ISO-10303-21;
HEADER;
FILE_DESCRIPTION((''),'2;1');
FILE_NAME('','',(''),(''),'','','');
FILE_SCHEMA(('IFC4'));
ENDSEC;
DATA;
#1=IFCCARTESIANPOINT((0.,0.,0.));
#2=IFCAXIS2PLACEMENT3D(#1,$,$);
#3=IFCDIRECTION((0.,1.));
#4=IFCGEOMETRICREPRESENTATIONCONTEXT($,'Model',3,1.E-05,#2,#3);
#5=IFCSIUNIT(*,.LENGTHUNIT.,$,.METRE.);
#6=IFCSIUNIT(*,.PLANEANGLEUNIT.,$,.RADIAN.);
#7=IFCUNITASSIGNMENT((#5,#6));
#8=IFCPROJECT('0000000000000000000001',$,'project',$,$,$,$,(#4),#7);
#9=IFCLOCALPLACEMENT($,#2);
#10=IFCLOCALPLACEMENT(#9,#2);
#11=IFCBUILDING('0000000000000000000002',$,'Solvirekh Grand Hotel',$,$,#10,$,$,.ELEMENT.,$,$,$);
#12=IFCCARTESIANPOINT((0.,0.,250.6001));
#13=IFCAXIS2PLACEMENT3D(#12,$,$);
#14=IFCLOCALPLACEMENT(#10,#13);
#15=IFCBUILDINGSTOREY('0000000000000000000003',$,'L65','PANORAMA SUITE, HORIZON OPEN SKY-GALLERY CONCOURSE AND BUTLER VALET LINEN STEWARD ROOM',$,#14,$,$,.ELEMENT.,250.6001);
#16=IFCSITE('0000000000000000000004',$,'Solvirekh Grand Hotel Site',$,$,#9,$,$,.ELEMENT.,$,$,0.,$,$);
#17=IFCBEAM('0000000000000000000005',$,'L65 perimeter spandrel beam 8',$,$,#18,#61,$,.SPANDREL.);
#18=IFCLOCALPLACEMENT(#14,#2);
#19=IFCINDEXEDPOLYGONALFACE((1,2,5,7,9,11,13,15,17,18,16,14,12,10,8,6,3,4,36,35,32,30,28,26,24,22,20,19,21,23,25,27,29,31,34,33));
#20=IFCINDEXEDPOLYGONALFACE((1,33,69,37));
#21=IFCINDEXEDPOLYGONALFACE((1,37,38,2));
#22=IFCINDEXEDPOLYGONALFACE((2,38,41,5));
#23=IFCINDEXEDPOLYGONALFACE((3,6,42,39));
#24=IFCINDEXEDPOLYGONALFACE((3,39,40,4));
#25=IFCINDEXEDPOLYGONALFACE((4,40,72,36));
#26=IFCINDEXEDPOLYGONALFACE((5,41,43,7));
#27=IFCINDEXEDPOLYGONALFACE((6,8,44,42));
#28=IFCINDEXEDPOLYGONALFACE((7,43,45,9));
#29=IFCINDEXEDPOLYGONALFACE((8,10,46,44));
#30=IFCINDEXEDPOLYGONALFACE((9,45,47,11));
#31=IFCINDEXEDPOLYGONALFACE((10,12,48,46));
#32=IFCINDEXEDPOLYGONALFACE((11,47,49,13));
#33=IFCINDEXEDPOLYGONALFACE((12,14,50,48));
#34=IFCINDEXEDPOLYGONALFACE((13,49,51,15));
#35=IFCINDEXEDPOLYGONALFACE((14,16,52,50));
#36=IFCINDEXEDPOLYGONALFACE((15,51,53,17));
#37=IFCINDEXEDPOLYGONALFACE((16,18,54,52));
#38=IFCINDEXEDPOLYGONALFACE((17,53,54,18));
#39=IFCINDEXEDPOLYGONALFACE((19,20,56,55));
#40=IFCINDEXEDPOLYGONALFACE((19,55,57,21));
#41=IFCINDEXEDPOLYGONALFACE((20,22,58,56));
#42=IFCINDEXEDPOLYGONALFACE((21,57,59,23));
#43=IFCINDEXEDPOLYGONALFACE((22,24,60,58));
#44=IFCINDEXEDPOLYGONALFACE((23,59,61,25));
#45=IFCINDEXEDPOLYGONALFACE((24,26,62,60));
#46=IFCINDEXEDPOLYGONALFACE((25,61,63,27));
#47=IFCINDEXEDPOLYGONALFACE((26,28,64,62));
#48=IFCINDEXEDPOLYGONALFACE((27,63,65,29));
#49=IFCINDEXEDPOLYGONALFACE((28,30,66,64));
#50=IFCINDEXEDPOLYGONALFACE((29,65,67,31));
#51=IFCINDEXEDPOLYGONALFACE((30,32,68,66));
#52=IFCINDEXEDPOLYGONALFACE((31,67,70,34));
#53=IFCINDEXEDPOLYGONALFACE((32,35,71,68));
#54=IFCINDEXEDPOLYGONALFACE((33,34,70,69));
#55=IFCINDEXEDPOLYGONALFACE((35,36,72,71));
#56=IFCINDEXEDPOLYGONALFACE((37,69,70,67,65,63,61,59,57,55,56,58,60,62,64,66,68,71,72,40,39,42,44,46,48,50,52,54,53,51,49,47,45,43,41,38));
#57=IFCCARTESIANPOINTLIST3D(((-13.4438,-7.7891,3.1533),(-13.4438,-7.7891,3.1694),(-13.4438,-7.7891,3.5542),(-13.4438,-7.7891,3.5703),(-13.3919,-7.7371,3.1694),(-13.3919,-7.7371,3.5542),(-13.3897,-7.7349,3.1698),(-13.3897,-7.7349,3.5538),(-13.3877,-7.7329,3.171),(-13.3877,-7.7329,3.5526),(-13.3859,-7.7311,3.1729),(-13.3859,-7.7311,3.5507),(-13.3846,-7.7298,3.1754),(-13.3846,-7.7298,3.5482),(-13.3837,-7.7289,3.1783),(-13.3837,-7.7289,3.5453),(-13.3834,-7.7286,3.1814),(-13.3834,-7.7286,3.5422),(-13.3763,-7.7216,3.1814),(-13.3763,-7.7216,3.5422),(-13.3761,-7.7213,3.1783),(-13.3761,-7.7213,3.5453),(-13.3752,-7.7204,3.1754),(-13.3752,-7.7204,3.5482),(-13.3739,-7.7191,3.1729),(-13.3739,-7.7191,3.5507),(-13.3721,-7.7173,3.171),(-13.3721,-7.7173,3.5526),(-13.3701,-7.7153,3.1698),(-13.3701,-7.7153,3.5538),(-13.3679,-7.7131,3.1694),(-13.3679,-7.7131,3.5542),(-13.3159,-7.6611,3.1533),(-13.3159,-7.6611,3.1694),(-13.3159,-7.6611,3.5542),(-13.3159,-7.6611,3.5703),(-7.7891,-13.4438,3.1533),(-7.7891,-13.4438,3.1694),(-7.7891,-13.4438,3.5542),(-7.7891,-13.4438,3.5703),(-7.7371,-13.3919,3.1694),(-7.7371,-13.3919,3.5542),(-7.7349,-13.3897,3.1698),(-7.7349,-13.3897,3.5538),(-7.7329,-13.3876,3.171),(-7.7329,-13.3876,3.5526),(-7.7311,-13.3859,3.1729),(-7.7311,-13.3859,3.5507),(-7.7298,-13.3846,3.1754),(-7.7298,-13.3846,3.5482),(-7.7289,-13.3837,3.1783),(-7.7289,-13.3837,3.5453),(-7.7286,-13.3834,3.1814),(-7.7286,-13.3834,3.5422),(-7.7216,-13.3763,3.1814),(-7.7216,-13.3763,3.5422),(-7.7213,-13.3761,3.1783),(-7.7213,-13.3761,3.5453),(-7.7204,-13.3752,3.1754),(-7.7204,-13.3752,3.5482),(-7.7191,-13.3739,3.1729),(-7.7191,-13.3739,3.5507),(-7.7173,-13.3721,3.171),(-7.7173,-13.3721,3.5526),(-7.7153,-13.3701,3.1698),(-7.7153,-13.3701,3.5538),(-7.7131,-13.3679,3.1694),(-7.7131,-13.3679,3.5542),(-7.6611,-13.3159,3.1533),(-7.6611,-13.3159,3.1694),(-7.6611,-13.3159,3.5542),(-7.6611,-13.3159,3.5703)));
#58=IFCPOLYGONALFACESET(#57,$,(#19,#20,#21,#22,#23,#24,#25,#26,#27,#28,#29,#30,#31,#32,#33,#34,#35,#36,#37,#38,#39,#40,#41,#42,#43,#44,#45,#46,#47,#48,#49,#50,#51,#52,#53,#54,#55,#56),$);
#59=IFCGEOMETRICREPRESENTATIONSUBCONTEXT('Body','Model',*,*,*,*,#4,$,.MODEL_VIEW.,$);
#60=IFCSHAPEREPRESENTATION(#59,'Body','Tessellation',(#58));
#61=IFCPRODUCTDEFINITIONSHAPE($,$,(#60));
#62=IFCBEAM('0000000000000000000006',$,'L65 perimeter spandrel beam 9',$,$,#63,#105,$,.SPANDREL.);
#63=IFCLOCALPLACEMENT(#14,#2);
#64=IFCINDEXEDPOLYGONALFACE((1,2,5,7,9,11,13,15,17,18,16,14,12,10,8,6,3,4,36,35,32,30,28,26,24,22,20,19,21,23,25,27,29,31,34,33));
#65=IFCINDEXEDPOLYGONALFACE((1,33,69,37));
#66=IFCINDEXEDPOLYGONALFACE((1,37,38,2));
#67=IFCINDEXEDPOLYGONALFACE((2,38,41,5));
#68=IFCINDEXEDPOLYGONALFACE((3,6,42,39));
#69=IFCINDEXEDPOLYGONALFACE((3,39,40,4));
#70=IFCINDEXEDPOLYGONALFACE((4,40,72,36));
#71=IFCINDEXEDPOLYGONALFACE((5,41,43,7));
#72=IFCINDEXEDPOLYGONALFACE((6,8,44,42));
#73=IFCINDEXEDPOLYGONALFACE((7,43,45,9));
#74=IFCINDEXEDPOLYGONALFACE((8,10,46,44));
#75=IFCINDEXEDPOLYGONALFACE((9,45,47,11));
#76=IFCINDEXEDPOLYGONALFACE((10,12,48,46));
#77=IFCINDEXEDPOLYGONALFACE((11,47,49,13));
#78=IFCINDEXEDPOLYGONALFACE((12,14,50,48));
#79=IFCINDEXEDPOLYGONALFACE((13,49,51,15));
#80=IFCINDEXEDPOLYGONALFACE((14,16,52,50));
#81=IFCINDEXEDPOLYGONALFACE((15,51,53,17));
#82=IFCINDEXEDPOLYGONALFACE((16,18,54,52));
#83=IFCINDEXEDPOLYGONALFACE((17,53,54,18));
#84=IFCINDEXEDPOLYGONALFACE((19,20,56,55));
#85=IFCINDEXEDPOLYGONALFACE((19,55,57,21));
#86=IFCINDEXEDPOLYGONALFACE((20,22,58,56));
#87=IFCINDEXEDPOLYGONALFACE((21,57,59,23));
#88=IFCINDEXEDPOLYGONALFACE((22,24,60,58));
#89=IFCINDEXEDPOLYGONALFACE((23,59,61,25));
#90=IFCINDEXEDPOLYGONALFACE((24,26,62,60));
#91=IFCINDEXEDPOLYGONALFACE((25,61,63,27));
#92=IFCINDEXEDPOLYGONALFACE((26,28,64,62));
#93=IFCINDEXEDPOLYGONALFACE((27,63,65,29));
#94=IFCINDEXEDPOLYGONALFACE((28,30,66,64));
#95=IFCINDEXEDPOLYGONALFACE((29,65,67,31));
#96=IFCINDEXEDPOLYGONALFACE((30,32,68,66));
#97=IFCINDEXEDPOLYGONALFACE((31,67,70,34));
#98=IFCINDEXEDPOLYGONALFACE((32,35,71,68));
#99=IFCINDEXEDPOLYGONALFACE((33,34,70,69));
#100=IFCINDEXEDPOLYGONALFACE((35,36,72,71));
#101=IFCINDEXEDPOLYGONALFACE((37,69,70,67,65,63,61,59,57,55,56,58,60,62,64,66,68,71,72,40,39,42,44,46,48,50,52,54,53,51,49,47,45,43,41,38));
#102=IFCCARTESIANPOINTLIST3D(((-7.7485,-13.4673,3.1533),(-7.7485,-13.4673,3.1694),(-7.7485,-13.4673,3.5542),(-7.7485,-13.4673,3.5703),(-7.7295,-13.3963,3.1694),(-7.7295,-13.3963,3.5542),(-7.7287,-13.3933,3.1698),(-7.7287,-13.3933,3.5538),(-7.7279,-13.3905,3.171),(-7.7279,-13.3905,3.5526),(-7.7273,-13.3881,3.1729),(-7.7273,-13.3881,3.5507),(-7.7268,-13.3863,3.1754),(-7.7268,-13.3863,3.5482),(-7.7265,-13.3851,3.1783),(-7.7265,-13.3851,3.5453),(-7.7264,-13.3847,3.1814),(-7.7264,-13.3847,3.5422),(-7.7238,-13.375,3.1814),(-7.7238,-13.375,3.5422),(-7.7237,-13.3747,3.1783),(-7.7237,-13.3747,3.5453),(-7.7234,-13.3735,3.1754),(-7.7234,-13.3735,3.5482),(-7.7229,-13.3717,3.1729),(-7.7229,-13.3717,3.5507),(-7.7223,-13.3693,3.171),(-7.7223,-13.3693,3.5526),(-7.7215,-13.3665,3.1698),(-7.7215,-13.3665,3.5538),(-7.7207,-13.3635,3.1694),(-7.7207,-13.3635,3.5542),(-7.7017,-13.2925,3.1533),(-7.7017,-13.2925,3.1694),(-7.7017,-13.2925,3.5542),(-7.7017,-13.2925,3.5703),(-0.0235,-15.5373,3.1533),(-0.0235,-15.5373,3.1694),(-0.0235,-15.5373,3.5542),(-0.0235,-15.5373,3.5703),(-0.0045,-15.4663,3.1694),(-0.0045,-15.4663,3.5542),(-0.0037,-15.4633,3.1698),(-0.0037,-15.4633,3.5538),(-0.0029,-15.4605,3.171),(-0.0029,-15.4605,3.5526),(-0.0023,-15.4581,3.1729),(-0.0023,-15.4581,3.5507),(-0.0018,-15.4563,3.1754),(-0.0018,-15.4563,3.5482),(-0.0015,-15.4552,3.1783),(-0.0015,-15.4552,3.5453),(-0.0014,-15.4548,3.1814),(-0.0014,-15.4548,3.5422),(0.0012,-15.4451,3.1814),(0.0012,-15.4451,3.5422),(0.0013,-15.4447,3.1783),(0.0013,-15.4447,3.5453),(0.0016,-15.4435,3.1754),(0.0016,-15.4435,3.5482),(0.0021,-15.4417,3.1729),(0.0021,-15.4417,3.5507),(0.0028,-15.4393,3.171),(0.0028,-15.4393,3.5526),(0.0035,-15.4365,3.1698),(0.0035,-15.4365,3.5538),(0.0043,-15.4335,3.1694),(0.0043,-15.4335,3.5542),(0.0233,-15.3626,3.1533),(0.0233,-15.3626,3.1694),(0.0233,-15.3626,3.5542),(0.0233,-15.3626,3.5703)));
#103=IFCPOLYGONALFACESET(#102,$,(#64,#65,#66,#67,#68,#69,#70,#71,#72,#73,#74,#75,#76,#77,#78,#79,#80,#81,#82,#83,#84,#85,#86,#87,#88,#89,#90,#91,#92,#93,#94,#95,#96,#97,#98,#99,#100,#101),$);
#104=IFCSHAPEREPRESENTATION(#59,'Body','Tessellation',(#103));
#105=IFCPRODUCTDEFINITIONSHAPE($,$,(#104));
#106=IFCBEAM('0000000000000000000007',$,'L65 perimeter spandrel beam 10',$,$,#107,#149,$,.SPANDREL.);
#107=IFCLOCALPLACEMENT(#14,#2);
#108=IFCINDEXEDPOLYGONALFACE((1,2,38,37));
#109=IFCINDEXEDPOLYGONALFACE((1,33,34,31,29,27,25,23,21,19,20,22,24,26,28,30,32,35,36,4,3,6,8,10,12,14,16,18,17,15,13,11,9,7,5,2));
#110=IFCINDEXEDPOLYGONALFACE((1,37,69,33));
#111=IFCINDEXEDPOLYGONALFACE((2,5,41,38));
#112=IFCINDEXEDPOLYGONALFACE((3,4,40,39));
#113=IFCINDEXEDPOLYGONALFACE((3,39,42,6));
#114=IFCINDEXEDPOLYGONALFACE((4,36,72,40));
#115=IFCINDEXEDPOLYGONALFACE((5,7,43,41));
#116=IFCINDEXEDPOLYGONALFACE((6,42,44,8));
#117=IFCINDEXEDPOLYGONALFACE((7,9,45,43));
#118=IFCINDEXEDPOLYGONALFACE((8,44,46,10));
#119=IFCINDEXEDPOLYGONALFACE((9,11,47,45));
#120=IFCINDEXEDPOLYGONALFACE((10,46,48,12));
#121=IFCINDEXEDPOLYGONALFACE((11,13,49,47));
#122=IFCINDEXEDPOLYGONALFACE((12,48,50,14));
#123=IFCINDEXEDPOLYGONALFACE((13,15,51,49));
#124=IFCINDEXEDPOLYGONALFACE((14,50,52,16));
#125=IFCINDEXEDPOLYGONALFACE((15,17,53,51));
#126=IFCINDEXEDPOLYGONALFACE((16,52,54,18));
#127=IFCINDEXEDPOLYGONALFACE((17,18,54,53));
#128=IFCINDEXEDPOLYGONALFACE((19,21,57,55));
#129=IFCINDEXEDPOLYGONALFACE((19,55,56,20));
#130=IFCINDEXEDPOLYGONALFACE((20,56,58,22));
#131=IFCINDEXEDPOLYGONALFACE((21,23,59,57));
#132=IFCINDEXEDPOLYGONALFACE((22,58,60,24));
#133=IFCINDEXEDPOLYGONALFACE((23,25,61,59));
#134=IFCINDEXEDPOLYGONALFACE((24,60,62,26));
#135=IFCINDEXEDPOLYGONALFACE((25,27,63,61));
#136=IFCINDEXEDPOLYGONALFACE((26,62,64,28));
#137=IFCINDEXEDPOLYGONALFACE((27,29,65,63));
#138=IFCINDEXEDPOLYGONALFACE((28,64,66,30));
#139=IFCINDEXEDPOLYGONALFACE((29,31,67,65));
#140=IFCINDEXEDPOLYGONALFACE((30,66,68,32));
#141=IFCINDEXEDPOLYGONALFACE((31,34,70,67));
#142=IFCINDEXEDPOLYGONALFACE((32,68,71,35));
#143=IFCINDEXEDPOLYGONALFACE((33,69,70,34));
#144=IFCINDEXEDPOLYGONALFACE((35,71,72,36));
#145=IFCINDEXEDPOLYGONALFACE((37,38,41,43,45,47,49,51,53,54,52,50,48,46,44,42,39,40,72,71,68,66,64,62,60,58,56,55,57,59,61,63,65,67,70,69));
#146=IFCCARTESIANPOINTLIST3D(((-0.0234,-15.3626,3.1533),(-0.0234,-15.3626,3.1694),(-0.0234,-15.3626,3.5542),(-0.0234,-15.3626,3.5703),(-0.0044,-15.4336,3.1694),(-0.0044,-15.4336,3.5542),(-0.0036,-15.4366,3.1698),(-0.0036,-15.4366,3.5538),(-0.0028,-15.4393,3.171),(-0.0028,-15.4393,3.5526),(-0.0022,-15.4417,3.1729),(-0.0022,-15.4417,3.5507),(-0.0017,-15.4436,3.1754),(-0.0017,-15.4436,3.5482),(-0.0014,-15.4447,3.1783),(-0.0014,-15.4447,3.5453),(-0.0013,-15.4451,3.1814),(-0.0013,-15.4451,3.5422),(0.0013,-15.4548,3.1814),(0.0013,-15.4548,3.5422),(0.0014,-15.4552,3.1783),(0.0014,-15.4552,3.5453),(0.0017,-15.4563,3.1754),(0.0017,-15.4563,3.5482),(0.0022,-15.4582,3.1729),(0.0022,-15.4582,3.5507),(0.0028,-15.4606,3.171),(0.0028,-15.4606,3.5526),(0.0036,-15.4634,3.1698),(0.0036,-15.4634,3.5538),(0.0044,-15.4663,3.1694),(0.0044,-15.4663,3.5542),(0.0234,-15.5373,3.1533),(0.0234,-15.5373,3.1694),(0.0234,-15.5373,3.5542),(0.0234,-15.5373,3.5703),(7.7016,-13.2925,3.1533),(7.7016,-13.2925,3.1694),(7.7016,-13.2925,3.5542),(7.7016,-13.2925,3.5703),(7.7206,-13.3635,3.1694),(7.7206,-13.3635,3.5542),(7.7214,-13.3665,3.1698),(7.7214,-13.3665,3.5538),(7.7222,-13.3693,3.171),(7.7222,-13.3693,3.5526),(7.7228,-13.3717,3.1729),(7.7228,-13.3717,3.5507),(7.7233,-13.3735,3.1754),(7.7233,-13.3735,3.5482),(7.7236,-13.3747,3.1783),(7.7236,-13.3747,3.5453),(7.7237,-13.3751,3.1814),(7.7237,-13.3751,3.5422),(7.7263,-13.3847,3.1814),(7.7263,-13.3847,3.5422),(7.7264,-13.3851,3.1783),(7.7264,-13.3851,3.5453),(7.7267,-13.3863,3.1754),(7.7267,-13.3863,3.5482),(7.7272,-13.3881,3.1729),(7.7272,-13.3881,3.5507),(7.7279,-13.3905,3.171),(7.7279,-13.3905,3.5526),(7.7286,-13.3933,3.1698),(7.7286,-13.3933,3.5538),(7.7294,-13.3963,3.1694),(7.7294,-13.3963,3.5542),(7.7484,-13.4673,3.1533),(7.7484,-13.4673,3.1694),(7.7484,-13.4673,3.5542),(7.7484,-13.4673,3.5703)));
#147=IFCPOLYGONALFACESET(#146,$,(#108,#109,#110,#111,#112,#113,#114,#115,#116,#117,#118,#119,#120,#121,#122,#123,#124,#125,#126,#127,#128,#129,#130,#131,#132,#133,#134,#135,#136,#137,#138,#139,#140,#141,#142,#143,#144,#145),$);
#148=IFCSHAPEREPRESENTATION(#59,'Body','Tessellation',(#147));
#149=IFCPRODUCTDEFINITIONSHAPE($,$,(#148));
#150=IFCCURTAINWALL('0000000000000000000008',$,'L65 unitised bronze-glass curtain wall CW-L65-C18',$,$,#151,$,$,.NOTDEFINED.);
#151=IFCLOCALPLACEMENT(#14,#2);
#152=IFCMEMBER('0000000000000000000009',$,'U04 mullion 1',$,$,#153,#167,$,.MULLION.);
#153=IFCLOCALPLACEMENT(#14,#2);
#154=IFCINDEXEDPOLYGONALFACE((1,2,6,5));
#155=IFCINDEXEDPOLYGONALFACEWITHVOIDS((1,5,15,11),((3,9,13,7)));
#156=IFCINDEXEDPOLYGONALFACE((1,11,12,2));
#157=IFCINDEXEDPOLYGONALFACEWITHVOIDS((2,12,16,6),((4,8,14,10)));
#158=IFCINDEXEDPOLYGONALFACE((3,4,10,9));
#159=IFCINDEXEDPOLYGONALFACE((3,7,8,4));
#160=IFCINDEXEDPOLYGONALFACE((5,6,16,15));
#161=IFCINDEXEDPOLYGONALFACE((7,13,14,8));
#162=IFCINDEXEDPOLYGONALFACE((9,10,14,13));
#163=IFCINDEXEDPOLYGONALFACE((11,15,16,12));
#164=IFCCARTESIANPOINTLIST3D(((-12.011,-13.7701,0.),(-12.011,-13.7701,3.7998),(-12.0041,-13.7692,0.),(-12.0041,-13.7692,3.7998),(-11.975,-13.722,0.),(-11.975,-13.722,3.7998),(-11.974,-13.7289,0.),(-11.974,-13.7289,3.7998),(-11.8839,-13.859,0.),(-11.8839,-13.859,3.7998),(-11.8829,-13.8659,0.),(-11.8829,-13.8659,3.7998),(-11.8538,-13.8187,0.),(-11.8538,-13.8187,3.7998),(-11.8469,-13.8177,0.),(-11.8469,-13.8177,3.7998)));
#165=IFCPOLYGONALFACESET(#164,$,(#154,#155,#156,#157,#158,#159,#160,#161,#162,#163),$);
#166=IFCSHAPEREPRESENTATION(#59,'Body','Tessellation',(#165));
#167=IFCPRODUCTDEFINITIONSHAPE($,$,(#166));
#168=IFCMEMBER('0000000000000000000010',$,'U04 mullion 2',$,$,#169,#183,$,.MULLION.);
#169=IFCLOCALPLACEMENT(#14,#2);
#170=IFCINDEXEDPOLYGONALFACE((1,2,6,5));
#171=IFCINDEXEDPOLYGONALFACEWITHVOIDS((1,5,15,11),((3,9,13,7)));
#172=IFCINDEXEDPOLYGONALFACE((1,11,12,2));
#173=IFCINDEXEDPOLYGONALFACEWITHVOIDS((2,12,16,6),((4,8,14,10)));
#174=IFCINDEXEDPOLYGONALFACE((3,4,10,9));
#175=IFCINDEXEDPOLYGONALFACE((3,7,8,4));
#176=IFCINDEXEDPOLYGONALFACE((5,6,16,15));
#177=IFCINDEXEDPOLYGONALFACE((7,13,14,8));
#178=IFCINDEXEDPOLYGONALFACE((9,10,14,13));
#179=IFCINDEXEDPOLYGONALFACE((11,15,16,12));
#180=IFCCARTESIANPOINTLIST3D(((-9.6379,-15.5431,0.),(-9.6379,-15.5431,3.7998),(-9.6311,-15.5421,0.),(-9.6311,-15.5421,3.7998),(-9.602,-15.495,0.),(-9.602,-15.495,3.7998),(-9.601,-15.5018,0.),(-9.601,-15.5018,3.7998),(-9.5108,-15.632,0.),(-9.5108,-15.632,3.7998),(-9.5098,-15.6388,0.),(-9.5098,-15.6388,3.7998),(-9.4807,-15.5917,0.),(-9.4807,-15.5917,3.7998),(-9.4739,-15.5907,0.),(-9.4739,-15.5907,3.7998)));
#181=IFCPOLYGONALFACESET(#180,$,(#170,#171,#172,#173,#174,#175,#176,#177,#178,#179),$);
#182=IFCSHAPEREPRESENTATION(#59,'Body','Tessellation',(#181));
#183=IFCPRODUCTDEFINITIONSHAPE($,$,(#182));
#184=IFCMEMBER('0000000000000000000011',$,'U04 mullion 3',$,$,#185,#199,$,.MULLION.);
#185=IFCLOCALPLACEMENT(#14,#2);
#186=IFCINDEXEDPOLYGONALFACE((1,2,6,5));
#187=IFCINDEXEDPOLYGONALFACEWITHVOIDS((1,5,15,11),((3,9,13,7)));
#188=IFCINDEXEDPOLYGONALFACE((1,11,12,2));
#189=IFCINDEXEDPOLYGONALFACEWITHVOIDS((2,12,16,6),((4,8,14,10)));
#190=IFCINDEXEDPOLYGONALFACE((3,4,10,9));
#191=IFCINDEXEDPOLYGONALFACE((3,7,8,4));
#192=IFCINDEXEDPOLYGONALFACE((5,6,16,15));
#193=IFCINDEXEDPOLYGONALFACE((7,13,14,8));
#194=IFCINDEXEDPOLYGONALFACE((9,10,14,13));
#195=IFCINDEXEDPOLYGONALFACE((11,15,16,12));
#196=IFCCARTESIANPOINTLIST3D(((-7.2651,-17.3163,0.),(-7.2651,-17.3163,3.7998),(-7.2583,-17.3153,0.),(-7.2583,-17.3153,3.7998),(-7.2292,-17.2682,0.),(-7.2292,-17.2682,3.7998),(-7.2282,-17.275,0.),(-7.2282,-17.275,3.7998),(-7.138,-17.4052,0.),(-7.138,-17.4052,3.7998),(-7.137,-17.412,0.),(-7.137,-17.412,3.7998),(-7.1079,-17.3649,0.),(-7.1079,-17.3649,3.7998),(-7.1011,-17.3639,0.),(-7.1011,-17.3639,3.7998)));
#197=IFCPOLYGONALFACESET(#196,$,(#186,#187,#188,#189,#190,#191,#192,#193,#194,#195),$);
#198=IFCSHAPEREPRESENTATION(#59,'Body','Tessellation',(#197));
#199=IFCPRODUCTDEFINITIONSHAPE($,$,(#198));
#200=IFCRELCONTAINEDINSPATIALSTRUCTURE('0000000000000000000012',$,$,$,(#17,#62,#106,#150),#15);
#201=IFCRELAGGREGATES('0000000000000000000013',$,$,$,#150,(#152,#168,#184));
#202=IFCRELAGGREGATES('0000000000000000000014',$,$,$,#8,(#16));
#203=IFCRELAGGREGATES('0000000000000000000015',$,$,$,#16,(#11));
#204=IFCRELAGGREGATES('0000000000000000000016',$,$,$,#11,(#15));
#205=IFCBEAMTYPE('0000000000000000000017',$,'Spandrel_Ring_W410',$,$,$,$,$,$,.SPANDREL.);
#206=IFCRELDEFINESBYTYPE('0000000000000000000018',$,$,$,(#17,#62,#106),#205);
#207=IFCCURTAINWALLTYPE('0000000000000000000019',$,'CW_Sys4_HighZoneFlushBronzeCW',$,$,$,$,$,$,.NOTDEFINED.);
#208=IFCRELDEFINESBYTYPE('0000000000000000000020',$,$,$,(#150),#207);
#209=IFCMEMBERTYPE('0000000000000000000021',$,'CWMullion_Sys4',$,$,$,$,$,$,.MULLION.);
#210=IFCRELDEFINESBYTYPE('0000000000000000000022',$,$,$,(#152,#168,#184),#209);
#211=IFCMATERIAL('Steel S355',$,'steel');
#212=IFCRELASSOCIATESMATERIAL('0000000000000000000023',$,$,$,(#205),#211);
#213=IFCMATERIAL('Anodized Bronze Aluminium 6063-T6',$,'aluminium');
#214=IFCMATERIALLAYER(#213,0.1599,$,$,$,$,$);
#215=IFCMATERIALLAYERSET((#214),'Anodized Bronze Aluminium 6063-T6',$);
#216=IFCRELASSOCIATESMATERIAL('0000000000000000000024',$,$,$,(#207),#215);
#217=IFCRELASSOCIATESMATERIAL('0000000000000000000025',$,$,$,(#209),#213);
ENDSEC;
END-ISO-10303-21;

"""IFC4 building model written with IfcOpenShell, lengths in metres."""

from ifc_helpers import new_model, si_unit, direction, frame, origin, origin_2d, place, context, subcontext, project, spatial, hollow_rectangle, i_section, extrude, source, transform, mapped, material, layer, layer_set, material_profile, profile_set, type_object, element, aggregate, save


model = new_model("IFC4")

# Units and contexts
model_context = context("Model", 3, precision=1e-05, world=origin(), true_north=direction((0.0, 1.0)))
body_context = subcontext(model_context, "Body", "Model", "MODEL_VIEW")
ifc_project = project(units=[si_unit("LENGTHUNIT", "METRE"), si_unit("PLANEANGLEUNIT", "RADIAN")], contexts=[model_context])

# Site, building, storey
site_placement = place(None, origin())
site = spatial("IfcSite", under=ifc_project, at=site_placement, Name="Solvirekh Grand Hotel Site", CompositionType="ELEMENT", RefElevation=0.0)
building_placement = place(site_placement, origin())
building = spatial("IfcBuilding", under=site, at=building_placement, Name="Solvirekh Grand Hotel", CompositionType="ELEMENT")
storey_placement = place(building_placement, frame((0.0, 0.0, 250.6001)))
storey = spatial("IfcBuildingStorey", under=building, at=storey_placement, Name="L65", Description="PANORAMA SUITE, HORIZON OPEN SKY-GALLERY CONCOURSE AND BUTLER VALET LINEN STEWARD ROOM", CompositionType="ELEMENT", Elevation=250.6001)

# Beams
ifc_material_1 = material(Name="Steel S355", Category="steel")
ifc_material_profile_1 = material_profile(ifc_material_1, i_section(OverallWidth=0.1809, OverallDepth=0.417, WebThickness=0.01, FlangeThickness=0.0161, FilletRadius=0.012, at=origin_2d()), Name="W410X85")
ifc_profile_set_1 = profile_set([ifc_material_profile_1], Name="Steel S355")
beam_type_1 = type_object("IfcBeamType", Name="Spandrel_Ring_W410", PredefinedType="SPANDREL", material=ifc_profile_set_1)
beam_1_placement = place(storey_placement, frame((-13.3799, -7.7251, 3.3618), z_axis=(0.707107, -0.707107, 0.0), x_axis=(0.707107, 0.707107, 0.0)))
element("IfcBeam", 1, at=beam_1_placement, inside=storey, type_object=beam_type_1, Name="L65 perimeter spandrel beam 8", PredefinedType="SPANDREL", context=body_context, shape_type="SweptSolid", body=[
    extrude(i_section(OverallWidth=0.1809, OverallDepth=0.417, WebThickness=0.01, FlangeThickness=0.0161, FilletRadius=0.012, at=origin_2d()), origin(), (0.0, 0.0, 1.0), 7.9971),
])
for number, where, z_axis, x_axis, name in (
    (2, (-7.7251, -13.3799, 3.3618), (0.965922, -0.258835, 0.0), (0.258835, 0.965922, 0.0), "L65 perimeter spandrel beam 9"),
    (3, (0.0, -15.45, 3.3618), (0.965922, 0.258835, 0.0), (-0.258835, 0.965922, 0.0), "L65 perimeter spandrel beam 10"),
):
    element("IfcBeam", number, at=place(storey_placement, frame(where, z_axis=z_axis, x_axis=x_axis)), inside=storey, type_object=beam_type_1, Name=name, PredefinedType="SPANDREL", context=body_context, shape_type="SweptSolid", body=[
        extrude(i_section(OverallWidth=0.1809, OverallDepth=0.417, WebThickness=0.01, FlangeThickness=0.0161, FilletRadius=0.012, at=origin_2d()), origin(), (0.0, 0.0, 1.0), 7.9976),
    ])

# Curtain wall, members
ifc_material_2 = material(Name="Anodized Bronze Aluminium 6063-T6", Category="aluminium")
ifc_layer_1 = layer(ifc_material_2, 0.1599)
ifc_layer_set_1 = layer_set([ifc_layer_1], Name="Anodized Bronze Aluminium 6063-T6")
curtain_wall_type = type_object("IfcCurtainWallType", Name="CW_Sys4_HighZoneFlushBronzeCW", PredefinedType="NOTDEFINED", material=ifc_layer_set_1)
curtain_wall_placement = place(storey_placement, origin())
curtain_wall = element("IfcCurtainWall", 4, at=curtain_wall_placement, inside=storey, type_object=curtain_wall_type, Name="L65 unitised bronze-glass curtain wall CW-L65-C18", PredefinedType="NOTDEFINED")
ifc_material_profile_2 = material_profile(ifc_material_2, hollow_rectangle(XDim=0.0601, YDim=0.1599, WallThickness=0.0049, at=origin_2d()), Name="ALU RHS 160X60X5")
ifc_profile_set_2 = profile_set([ifc_material_profile_2], Name="Anodized Bronze Aluminium 6063-T6")
member_type_1 = type_object("IfcMemberType", Name="CWMullion_Sys4", PredefinedType="MULLION", material=ifc_profile_set_2)
shared_shape_1 = source(origin(), body_context, "Body", "SweptSolid", [
    extrude(hollow_rectangle(XDim=0.0601, YDim=0.1599, WallThickness=0.0049, at=origin_2d()), origin(), (0.0, 0.0, 1.0), 3.7998),
])
member_1_placement = place(storey_placement, frame((-11.929, -13.7939, 0.0), z_axis=(0.0, 0.0, 1.0), x_axis=(0.598555, 0.801082, 0.0)))
member_1 = element("IfcMember", 5, at=member_1_placement, type_object=member_type_1, Name="U04 mullion 1", PredefinedType="MULLION", context=body_context, shape_type="MappedRepresentation", body=[
    mapped(shared_shape_1, transform((0.0, 0.0, 0.0), x_axis=(1.0, 0.0, 0.0), y_axis=(0.0, 1.0, 0.0), z_axis=(0.0, 0.0, 1.0), scale=1.0)),
])
member_2_placement = place(storey_placement, frame((-9.5559, -15.5669, 0.0), z_axis=(0.0, 0.0, 1.0), x_axis=(0.598555, 0.801082, 0.0)))
member_2 = element("IfcMember", 6, at=member_2_placement, type_object=member_type_1, Name="U04 mullion 2", PredefinedType="MULLION", context=body_context, shape_type="MappedRepresentation", body=[
    mapped(shared_shape_1, transform((0.0, 0.0, 0.0), x_axis=(1.0, 0.0, 0.0), y_axis=(0.0, 1.0, 0.0), z_axis=(0.0, 0.0, 1.0), scale=1.0)),
])
member_3_placement = place(storey_placement, frame((-7.1831, -17.3401, 0.0), z_axis=(0.0, 0.0, 1.0), x_axis=(0.598555, 0.801082, 0.0)))
member_3 = element("IfcMember", 7, at=member_3_placement, type_object=member_type_1, Name="U04 mullion 3", PredefinedType="MULLION", context=body_context, shape_type="MappedRepresentation", body=[
    mapped(shared_shape_1, transform((0.0, 0.0, 0.0), x_axis=(1.0, 0.0, 0.0), y_axis=(0.0, 1.0, 0.0), z_axis=(0.0, 0.0, 1.0), scale=1.0)),
])
aggregate(curtain_wall, [member_1, member_2, member_3])

save(model, "model.ifc")
